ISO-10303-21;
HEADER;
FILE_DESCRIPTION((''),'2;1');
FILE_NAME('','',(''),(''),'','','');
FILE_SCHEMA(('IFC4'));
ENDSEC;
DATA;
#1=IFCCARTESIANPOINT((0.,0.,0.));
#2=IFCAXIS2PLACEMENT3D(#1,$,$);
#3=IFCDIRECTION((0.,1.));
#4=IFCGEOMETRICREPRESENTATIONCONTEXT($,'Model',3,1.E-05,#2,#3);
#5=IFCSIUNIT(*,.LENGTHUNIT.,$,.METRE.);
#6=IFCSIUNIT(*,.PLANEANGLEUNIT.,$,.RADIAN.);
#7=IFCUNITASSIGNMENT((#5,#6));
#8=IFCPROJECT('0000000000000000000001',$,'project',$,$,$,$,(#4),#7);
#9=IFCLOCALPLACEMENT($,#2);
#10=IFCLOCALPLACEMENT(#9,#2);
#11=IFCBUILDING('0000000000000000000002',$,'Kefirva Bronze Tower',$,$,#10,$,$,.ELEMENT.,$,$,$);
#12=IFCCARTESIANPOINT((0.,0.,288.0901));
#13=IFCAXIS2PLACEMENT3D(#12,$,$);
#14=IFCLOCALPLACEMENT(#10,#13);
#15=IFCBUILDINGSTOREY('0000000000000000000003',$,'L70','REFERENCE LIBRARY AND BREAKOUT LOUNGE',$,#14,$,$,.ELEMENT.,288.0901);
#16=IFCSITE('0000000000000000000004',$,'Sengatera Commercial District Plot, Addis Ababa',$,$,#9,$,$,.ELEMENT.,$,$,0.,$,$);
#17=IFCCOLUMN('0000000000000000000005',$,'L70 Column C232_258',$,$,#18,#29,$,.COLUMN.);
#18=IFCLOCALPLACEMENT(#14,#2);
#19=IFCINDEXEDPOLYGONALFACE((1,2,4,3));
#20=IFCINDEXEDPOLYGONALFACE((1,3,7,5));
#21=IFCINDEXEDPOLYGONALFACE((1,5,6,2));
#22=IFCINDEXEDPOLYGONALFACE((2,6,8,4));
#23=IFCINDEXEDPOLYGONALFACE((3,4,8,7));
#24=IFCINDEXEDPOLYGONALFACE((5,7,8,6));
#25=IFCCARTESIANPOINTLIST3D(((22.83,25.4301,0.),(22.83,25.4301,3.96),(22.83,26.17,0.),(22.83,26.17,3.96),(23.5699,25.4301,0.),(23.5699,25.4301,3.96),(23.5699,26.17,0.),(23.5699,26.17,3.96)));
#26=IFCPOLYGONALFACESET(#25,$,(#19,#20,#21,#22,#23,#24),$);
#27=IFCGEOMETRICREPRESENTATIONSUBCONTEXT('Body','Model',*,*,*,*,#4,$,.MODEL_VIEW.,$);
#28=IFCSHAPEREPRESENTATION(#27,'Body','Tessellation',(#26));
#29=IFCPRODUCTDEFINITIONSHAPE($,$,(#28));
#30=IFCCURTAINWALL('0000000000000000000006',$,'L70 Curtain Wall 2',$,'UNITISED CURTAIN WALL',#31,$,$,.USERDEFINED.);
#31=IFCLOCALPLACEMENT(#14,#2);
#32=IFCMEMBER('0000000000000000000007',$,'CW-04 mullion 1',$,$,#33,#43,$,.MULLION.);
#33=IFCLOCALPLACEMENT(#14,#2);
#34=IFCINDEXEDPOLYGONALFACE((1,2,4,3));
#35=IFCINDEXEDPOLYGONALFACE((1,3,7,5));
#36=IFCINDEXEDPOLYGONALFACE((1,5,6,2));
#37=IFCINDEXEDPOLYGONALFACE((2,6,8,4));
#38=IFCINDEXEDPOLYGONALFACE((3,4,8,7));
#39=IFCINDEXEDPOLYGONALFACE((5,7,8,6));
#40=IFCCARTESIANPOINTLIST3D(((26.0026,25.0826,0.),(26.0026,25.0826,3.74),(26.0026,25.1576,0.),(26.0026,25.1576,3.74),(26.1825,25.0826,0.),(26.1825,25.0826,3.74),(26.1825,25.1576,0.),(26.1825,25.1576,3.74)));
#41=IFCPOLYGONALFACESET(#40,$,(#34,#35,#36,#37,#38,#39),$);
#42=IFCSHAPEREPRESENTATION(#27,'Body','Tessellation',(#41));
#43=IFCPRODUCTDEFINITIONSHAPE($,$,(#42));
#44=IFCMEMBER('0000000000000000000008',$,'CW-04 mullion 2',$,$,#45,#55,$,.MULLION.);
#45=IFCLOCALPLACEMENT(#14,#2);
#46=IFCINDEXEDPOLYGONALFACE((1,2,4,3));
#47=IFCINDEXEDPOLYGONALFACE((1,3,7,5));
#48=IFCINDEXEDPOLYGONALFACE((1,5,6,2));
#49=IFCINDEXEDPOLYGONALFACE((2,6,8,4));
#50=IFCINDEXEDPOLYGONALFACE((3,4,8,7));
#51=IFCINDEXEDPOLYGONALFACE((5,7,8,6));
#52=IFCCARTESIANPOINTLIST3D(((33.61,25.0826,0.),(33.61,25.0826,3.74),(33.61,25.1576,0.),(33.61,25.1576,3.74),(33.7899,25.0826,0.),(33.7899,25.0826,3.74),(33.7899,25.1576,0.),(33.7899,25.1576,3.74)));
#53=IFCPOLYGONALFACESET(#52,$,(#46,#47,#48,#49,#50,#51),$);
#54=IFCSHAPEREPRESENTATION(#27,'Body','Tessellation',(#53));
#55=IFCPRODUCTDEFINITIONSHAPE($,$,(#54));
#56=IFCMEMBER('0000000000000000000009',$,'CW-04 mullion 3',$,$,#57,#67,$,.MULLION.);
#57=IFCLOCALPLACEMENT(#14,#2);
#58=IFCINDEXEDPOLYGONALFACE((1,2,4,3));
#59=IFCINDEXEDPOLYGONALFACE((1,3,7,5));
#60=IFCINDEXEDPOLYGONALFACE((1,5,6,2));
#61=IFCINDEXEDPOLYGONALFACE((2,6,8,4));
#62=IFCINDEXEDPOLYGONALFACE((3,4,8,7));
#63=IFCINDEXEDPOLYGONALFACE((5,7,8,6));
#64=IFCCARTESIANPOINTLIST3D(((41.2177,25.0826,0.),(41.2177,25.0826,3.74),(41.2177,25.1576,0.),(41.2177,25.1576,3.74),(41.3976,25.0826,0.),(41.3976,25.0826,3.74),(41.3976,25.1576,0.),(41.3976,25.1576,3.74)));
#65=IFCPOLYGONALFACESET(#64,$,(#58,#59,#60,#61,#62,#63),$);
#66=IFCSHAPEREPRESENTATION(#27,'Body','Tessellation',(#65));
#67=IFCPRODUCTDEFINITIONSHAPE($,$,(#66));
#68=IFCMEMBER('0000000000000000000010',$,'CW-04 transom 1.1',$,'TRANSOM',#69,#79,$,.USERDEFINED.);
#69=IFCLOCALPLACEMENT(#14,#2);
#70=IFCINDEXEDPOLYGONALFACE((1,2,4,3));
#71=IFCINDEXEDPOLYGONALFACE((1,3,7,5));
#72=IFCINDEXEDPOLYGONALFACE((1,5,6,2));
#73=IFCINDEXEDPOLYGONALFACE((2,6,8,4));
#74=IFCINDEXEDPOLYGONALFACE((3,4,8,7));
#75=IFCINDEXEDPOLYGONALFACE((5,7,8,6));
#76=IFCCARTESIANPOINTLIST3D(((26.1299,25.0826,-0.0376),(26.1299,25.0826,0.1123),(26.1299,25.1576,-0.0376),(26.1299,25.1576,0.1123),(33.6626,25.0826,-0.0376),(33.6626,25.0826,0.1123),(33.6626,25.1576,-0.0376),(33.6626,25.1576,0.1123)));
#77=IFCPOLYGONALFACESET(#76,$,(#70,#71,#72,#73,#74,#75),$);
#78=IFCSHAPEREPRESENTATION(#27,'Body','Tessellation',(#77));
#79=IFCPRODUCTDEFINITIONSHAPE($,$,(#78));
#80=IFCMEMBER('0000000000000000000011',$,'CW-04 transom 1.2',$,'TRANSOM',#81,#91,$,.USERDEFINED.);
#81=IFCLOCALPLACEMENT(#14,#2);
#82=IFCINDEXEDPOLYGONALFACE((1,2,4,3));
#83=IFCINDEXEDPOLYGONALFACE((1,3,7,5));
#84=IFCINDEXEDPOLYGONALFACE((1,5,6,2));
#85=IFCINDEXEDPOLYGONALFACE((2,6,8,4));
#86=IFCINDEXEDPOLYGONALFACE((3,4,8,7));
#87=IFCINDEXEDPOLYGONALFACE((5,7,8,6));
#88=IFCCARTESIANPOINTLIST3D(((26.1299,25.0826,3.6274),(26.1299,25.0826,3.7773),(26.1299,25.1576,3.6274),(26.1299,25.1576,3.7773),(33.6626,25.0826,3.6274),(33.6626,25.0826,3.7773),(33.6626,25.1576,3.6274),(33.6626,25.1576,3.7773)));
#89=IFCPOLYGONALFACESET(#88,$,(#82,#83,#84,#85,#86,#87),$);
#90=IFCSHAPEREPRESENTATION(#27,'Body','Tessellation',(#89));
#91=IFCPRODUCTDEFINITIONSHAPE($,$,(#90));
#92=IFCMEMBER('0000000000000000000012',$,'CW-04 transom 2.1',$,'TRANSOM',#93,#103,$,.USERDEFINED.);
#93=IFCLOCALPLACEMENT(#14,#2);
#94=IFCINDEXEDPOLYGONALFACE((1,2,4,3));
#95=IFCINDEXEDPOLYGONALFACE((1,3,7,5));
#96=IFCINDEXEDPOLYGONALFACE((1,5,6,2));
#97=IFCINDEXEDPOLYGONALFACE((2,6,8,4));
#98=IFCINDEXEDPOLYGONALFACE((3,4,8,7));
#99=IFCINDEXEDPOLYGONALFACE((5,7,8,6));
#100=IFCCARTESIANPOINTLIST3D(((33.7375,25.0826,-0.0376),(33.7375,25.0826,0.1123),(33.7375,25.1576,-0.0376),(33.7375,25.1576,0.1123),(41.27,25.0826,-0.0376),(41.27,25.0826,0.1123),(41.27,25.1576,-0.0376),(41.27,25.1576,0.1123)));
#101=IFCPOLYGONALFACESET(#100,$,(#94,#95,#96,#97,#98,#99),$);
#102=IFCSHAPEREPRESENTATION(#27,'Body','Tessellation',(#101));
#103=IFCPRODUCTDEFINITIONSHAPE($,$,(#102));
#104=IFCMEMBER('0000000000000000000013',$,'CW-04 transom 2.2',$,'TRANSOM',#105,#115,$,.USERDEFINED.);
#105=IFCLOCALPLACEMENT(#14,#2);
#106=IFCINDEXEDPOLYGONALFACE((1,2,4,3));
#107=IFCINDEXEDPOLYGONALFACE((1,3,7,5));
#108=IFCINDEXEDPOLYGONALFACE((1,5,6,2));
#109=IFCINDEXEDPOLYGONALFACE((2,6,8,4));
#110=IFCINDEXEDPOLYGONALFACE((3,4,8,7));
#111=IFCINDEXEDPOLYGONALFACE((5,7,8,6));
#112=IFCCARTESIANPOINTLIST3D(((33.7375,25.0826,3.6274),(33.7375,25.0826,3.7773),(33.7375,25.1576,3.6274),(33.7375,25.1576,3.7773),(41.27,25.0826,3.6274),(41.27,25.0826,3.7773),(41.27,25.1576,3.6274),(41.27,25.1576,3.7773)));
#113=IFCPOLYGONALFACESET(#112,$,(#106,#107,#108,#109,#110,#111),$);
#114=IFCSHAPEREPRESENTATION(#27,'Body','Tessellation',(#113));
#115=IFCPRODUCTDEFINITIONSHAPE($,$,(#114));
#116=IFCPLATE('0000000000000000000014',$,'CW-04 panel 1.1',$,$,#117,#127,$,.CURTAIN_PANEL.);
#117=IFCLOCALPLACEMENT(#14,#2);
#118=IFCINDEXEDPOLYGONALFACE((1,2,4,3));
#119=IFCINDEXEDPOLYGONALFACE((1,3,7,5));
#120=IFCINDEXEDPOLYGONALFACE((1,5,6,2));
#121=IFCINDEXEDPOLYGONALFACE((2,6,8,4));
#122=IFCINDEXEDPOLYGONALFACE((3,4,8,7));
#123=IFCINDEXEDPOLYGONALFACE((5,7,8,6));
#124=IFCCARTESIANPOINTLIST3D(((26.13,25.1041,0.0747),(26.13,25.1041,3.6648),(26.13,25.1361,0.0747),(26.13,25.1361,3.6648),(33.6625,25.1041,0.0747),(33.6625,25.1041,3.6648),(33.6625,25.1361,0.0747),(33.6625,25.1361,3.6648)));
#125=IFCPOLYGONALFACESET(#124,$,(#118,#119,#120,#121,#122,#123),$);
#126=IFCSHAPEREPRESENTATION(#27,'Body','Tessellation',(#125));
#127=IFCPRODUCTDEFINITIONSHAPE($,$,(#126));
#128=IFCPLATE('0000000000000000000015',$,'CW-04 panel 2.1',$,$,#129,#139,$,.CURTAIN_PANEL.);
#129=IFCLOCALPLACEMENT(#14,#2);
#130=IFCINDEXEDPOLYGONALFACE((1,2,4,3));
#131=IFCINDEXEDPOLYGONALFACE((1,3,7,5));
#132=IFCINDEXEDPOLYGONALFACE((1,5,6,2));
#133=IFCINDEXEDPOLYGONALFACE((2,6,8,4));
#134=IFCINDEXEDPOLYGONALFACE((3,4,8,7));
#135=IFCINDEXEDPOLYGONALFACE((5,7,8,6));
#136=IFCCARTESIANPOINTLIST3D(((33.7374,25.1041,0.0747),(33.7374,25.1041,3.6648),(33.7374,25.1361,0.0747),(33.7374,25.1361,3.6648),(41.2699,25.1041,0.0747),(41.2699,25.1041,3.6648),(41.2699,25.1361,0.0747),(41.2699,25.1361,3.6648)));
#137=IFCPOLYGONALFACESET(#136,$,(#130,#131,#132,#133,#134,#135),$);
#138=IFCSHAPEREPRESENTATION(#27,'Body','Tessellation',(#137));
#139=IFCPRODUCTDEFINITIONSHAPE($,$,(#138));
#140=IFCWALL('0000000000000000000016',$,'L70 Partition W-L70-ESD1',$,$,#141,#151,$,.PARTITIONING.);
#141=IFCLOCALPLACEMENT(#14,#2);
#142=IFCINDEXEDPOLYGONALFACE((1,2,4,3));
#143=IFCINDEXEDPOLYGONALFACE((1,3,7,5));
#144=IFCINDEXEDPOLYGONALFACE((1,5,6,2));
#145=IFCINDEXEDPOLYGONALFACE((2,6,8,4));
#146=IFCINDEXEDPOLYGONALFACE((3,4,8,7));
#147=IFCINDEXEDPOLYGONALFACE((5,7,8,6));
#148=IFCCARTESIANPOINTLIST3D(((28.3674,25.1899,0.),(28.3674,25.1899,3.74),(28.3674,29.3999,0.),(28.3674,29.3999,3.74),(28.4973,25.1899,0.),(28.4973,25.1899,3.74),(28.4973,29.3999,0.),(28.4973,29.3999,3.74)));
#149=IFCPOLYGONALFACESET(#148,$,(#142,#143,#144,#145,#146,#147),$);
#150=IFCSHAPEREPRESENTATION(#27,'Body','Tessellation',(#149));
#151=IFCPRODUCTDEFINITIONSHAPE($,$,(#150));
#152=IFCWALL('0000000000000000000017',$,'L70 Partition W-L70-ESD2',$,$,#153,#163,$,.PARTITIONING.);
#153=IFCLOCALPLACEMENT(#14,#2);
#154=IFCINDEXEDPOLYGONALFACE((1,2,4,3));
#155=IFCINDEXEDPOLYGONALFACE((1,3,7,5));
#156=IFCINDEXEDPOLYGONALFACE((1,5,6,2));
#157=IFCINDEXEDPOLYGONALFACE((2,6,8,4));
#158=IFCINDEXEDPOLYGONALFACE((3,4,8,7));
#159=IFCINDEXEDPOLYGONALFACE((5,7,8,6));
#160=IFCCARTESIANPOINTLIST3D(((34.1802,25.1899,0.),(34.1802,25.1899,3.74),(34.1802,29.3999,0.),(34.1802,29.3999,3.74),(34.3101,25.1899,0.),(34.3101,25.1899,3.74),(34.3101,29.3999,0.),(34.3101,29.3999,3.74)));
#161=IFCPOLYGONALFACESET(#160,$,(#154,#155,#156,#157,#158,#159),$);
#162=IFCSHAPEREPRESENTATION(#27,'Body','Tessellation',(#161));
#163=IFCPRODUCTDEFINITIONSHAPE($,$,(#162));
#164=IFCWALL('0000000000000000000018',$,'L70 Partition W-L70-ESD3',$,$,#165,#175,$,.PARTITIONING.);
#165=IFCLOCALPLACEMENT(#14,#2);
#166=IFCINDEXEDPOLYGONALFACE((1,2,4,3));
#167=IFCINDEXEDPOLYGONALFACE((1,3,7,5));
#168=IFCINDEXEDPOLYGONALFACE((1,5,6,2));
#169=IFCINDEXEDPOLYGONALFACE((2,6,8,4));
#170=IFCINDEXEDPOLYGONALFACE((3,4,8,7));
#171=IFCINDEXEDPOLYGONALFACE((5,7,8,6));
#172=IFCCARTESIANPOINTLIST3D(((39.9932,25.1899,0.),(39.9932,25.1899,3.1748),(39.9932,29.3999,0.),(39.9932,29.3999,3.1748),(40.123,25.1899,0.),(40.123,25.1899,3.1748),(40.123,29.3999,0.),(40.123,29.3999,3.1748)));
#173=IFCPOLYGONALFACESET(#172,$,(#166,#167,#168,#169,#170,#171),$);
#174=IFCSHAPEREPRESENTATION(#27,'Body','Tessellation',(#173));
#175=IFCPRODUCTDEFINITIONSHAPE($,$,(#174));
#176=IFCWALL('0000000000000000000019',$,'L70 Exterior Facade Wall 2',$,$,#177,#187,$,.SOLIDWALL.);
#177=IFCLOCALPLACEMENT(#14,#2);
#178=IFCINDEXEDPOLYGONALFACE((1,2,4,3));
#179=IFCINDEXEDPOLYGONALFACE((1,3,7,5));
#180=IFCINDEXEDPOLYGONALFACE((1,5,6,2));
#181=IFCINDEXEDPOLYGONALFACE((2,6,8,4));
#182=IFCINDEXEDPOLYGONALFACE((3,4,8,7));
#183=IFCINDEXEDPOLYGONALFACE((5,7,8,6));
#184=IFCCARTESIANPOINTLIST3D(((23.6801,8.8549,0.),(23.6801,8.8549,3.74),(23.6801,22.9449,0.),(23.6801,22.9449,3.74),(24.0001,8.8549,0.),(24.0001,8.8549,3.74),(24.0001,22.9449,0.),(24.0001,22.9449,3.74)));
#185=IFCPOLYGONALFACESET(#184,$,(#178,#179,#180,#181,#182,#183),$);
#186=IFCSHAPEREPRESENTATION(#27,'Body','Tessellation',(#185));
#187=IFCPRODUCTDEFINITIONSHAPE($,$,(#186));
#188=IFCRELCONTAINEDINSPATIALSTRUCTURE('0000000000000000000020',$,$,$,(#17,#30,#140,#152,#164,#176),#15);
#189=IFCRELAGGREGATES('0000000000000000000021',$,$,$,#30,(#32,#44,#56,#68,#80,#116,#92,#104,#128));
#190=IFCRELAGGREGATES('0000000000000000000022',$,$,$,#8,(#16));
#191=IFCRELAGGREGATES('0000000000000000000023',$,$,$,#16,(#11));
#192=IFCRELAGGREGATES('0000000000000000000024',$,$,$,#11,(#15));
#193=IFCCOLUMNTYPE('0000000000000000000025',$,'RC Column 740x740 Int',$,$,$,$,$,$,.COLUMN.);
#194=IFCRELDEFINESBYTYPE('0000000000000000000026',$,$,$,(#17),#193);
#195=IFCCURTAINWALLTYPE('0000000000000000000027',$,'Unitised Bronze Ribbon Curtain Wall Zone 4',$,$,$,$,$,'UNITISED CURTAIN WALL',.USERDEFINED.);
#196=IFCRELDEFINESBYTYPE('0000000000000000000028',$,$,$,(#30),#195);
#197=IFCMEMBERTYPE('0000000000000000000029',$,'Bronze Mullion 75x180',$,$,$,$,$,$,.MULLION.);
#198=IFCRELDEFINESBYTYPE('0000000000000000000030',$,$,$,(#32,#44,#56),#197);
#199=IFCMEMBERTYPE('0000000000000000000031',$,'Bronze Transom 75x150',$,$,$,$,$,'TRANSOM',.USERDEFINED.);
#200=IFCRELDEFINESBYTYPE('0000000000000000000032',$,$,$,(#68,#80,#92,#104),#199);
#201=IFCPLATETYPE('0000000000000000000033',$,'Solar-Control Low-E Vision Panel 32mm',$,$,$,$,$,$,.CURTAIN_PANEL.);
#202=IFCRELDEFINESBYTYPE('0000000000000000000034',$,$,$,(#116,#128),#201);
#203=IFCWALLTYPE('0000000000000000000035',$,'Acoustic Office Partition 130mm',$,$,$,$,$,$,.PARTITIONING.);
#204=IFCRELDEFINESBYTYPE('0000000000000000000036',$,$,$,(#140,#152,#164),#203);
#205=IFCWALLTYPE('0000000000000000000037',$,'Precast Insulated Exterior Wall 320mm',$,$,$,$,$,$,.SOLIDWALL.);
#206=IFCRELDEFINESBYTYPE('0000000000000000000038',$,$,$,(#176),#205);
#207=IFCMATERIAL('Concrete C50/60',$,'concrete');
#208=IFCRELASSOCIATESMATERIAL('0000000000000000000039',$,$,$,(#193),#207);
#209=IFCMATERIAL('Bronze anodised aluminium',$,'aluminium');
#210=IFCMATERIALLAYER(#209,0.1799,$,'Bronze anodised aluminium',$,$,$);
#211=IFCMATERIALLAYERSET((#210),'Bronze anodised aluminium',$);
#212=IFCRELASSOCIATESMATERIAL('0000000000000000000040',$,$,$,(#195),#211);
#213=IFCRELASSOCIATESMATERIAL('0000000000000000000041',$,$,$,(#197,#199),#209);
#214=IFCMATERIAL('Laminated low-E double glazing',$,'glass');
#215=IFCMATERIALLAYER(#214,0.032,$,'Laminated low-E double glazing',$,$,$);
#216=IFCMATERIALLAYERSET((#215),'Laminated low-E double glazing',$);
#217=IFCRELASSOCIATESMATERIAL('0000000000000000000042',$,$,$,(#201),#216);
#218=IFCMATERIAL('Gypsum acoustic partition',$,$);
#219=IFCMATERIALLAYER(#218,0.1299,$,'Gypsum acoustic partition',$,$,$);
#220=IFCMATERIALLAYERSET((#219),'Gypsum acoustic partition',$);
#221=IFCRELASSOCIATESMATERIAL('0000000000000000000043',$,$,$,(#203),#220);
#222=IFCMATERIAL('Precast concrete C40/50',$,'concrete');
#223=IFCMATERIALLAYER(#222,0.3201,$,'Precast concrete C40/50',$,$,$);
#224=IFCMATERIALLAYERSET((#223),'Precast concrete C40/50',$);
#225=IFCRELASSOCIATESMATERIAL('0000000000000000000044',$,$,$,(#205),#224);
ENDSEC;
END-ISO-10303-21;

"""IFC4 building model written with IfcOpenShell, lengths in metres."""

from ifc_helpers import new_model, si_unit, direction, frame, frame_2d, origin, origin_2d, place, context, subcontext, project, spatial, rectangle, extrude, material, layer, layer_set, material_profile, profile_set, type_object, element, aggregate, save


model = new_model("IFC4")

# Units and contexts
model_context = context("Model", 3, precision=1e-05, world=origin(), true_north=direction((0.0, 1.0)))
body_context = subcontext(model_context, "Body", "Model", "MODEL_VIEW")
ifc_project = project(units=[si_unit("LENGTHUNIT", "METRE"), si_unit("PLANEANGLEUNIT", "RADIAN")], contexts=[model_context])

# Site, building, storey
site_placement = place(None, origin())
site = spatial("IfcSite", under=ifc_project, at=site_placement, Name="Sengatera Commercial District Plot, Addis Ababa", CompositionType="ELEMENT", RefElevation=0.0)
building_placement = place(site_placement, origin())
building = spatial("IfcBuilding", under=site, at=building_placement, Name="Kefirva Bronze Tower", CompositionType="ELEMENT")
storey_placement = place(building_placement, frame((0.0, 0.0, 288.0901)))
storey = spatial("IfcBuildingStorey", under=building, at=storey_placement, Name="L70", Description="REFERENCE LIBRARY AND BREAKOUT LOUNGE", CompositionType="ELEMENT", Elevation=288.0901)

# Column
ifc_material_1 = material(Name="Concrete C50/60", Category="concrete")
ifc_material_profile_1 = material_profile(ifc_material_1, rectangle(XDim=0.74, YDim=0.74, at=origin_2d()), Name="RC 740x740")
ifc_profile_set_1 = profile_set([ifc_material_profile_1], Name="Concrete C50/60")
column_type = type_object("IfcColumnType", Name="RC Column 740x740 Int", PredefinedType="COLUMN", material=ifc_profile_set_1)
column_placement = place(storey_placement, frame((23.2, 25.8, 0.0), z_axis=(0.0, 0.0, 1.0), x_axis=(1.0, 0.0, 0.0)))
element("IfcColumn", 1, at=column_placement, inside=storey, type_object=column_type, Name="L70 Column C232_258", PredefinedType="COLUMN", context=body_context, shape_type="SweptSolid", body=[
    extrude(rectangle(XDim=0.74, YDim=0.74, at=origin_2d()), origin(), (0.0, 0.0, 1.0), 3.96),
])

# Curtain wall, members, plates
ifc_material_2 = material(Name="Bronze anodised aluminium", Category="aluminium")
ifc_layer_1 = layer(ifc_material_2, 0.1799, Name="Bronze anodised aluminium")
ifc_layer_set_1 = layer_set([ifc_layer_1], Name="Bronze anodised aluminium")
curtain_wall_type = type_object("IfcCurtainWallType", Name="Unitised Bronze Ribbon Curtain Wall Zone 4", ElementType="UNITISED CURTAIN WALL", PredefinedType="USERDEFINED", material=ifc_layer_set_1)
curtain_wall_placement = place(storey_placement, origin())
curtain_wall = element("IfcCurtainWall", 2, at=curtain_wall_placement, inside=storey, type_object=curtain_wall_type, Name="L70 Curtain Wall 2", ObjectType="UNITISED CURTAIN WALL", PredefinedType="USERDEFINED")
ifc_material_profile_2 = material_profile(ifc_material_2, rectangle(XDim=0.075, YDim=0.1799, at=origin_2d()), Name="ALU 75x180")
ifc_profile_set_2 = profile_set([ifc_material_profile_2], Name="Bronze anodised aluminium")
member_type_1 = type_object("IfcMemberType", Name="Bronze Mullion 75x180", PredefinedType="MULLION", material=ifc_profile_set_2)
member_1_placement = place(storey_placement, frame((26.0925, 25.1201, 0.0), z_axis=(0.0, 0.0, 1.0), x_axis=(0.0, 1.0, 0.0)))
member_1 = element("IfcMember", 3, at=member_1_placement, type_object=member_type_1, Name="CW-04 mullion 1", PredefinedType="MULLION", context=body_context, shape_type="SweptSolid", body=[
    extrude(rectangle(XDim=0.075, YDim=0.1799, at=origin_2d()), origin(), (0.0, 0.0, 1.0), 3.74),
])
member_2_placement = place(storey_placement, frame((33.7, 25.1201, 0.0), z_axis=(0.0, 0.0, 1.0), x_axis=(0.0, 1.0, 0.0)))
member_2 = element("IfcMember", 4, at=member_2_placement, type_object=member_type_1, Name="CW-04 mullion 2", PredefinedType="MULLION", context=body_context, shape_type="SweptSolid", body=[
    extrude(rectangle(XDim=0.075, YDim=0.1799, at=origin_2d()), origin(), (0.0, 0.0, 1.0), 3.74),
])
member_3_placement = place(storey_placement, frame((41.3076, 25.1201, 0.0), z_axis=(0.0, 0.0, 1.0), x_axis=(0.0, 1.0, 0.0)))
member_3 = element("IfcMember", 5, at=member_3_placement, type_object=member_type_1, Name="CW-04 mullion 3", PredefinedType="MULLION", context=body_context, shape_type="SweptSolid", body=[
    extrude(rectangle(XDim=0.075, YDim=0.1799, at=origin_2d()), origin(), (0.0, 0.0, 1.0), 3.74),
])
ifc_material_profile_3 = material_profile(ifc_material_2, rectangle(XDim=0.075, YDim=0.1499, at=origin_2d()), Name="ALU 75x150")
ifc_profile_set_3 = profile_set([ifc_material_profile_3], Name="Bronze anodised aluminium")
member_type_2 = type_object("IfcMemberType", Name="Bronze Transom 75x150", ElementType="TRANSOM", PredefinedType="USERDEFINED", material=ifc_profile_set_3)
member_4_placement = place(storey_placement, frame((26.1299, 25.1201, 0.0374), z_axis=(1.0, 0.0, 0.0), x_axis=(0.0, 1.0, 0.0)))
member_4 = element("IfcMember", 6, at=member_4_placement, type_object=member_type_2, Name="CW-04 transom 1.1", ObjectType="TRANSOM", PredefinedType="USERDEFINED", context=body_context, shape_type="SweptSolid", body=[
    extrude(rectangle(XDim=0.075, YDim=0.1499, at=origin_2d()), origin(), (0.0, 0.0, 1.0), 7.5327),
])
member_5_placement = place(storey_placement, frame((26.1299, 25.1201, 3.7024), z_axis=(1.0, 0.0, 0.0), x_axis=(0.0, 1.0, 0.0)))
member_5 = element("IfcMember", 7, at=member_5_placement, type_object=member_type_2, Name="CW-04 transom 1.2", ObjectType="TRANSOM", PredefinedType="USERDEFINED", context=body_context, shape_type="SweptSolid", body=[
    extrude(rectangle(XDim=0.075, YDim=0.1499, at=origin_2d()), origin(), (0.0, 0.0, 1.0), 7.5327),
])
member_6_placement = place(storey_placement, frame((33.7375, 25.1201, 0.0374), z_axis=(1.0, 0.0, 0.0), x_axis=(0.0, 1.0, 0.0)))
member_6 = element("IfcMember", 8, at=member_6_placement, type_object=member_type_2, Name="CW-04 transom 2.1", ObjectType="TRANSOM", PredefinedType="USERDEFINED", context=body_context, shape_type="SweptSolid", body=[
    extrude(rectangle(XDim=0.075, YDim=0.1499, at=origin_2d()), origin(), (0.0, 0.0, 1.0), 7.5325),
])
member_7_placement = place(storey_placement, frame((33.7375, 25.1201, 3.7024), z_axis=(1.0, 0.0, 0.0), x_axis=(0.0, 1.0, 0.0)))
member_7 = element("IfcMember", 9, at=member_7_placement, type_object=member_type_2, Name="CW-04 transom 2.2", ObjectType="TRANSOM", PredefinedType="USERDEFINED", context=body_context, shape_type="SweptSolid", body=[
    extrude(rectangle(XDim=0.075, YDim=0.1499, at=origin_2d()), origin(), (0.0, 0.0, 1.0), 7.5325),
])
ifc_material_3 = material(Name="Laminated low-E double glazing", Category="glass")
ifc_layer_2 = layer(ifc_material_3, 0.032, Name="Laminated low-E double glazing")
ifc_layer_set_2 = layer_set([ifc_layer_2], Name="Laminated low-E double glazing")
plate_type = type_object("IfcPlateType", Name="Solar-Control Low-E Vision Panel 32mm", PredefinedType="CURTAIN_PANEL", material=ifc_layer_set_2)
plate_1_placement = place(storey_placement, frame((29.8962, 25.1201, 0.0747), z_axis=(0.0, 0.0, 1.0), x_axis=(1.0, 0.0, 0.0)))
plate_1 = element("IfcPlate", 10, at=plate_1_placement, type_object=plate_type, Name="CW-04 panel 1.1", PredefinedType="CURTAIN_PANEL", context=body_context, shape_type="SweptSolid", body=[
    extrude(rectangle(XDim=7.5325, YDim=0.032, at=origin_2d()), origin(), (0.0, 0.0, 1.0), 3.5901),
])
plate_2_placement = place(storey_placement, frame((37.5037, 25.1201, 0.0747), z_axis=(0.0, 0.0, 1.0), x_axis=(1.0, 0.0, 0.0)))
plate_2 = element("IfcPlate", 11, at=plate_2_placement, type_object=plate_type, Name="CW-04 panel 2.1", PredefinedType="CURTAIN_PANEL", context=body_context, shape_type="SweptSolid", body=[
    extrude(rectangle(XDim=7.5325, YDim=0.032, at=origin_2d()), origin(), (0.0, 0.0, 1.0), 3.5901),
])
aggregate(curtain_wall, [member_1, member_2, member_3, member_4, member_5, plate_1, member_6, member_7, plate_2])

# Walls
ifc_material_4 = material(Name="Gypsum acoustic partition")
ifc_layer_3 = layer(ifc_material_4, 0.1299, Name="Gypsum acoustic partition")
ifc_layer_set_3 = layer_set([ifc_layer_3], Name="Gypsum acoustic partition")
wall_type_1 = type_object("IfcWallType", Name="Acoustic Office Partition 130mm", PredefinedType="PARTITIONING", material=ifc_layer_set_3)
for number, where, z_axis, x_axis, name in (
    (12, (28.4324, 25.1899, 0.0), (0.0, 0.0, 1.0), (0.0, 1.0, 0.0), "L70 Partition W-L70-ESD1"),
    (13, (34.2451, 25.1899, 0.0), (0.0, 0.0, 1.0), (0.0, 1.0, 0.0), "L70 Partition W-L70-ESD2"),
):
    element("IfcWall", number, at=place(storey_placement, frame(where, z_axis=z_axis, x_axis=x_axis)), inside=storey, type_object=wall_type_1, Name=name, PredefinedType="PARTITIONING", context=body_context, shape_type="SweptSolid", body=[
        extrude(rectangle(XDim=4.21, YDim=0.1299, at=frame_2d((2.105, 0.0))), origin(), (0.0, 0.0, 1.0), 3.74),
    ])
wall_1_placement = place(storey_placement, frame((40.0581, 25.1899, 0.0), z_axis=(0.0, 0.0, 1.0), x_axis=(0.0, 1.0, 0.0)))
element("IfcWall", 14, at=wall_1_placement, inside=storey, type_object=wall_type_1, Name="L70 Partition W-L70-ESD3", PredefinedType="PARTITIONING", context=body_context, shape_type="SweptSolid", body=[
    extrude(rectangle(XDim=4.21, YDim=0.1299, at=frame_2d((2.105, 0.0))), origin(), (0.0, 0.0, 1.0), 3.1748),
])
ifc_material_5 = material(Name="Precast concrete C40/50", Category="concrete")
ifc_layer_4 = layer(ifc_material_5, 0.3201, Name="Precast concrete C40/50")
ifc_layer_set_4 = layer_set([ifc_layer_4], Name="Precast concrete C40/50")
wall_type_2 = type_object("IfcWallType", Name="Precast Insulated Exterior Wall 320mm", PredefinedType="SOLIDWALL", material=ifc_layer_set_4)
wall_2_placement = place(storey_placement, frame((23.8401, 8.855, 0.0), z_axis=(0.0, 0.0, 1.0), x_axis=(0.0, 1.0, 0.0)))
element("IfcWall", 15, at=wall_2_placement, inside=storey, type_object=wall_type_2, Name="L70 Exterior Facade Wall 2", PredefinedType="SOLIDWALL", context=body_context, shape_type="SweptSolid", body=[
    extrude(rectangle(XDim=14.0901, YDim=0.3201, at=frame_2d((7.0449, 0.0))), origin(), (0.0, 0.0, 1.0), 3.74),
])

save(model, "model.ifc")
